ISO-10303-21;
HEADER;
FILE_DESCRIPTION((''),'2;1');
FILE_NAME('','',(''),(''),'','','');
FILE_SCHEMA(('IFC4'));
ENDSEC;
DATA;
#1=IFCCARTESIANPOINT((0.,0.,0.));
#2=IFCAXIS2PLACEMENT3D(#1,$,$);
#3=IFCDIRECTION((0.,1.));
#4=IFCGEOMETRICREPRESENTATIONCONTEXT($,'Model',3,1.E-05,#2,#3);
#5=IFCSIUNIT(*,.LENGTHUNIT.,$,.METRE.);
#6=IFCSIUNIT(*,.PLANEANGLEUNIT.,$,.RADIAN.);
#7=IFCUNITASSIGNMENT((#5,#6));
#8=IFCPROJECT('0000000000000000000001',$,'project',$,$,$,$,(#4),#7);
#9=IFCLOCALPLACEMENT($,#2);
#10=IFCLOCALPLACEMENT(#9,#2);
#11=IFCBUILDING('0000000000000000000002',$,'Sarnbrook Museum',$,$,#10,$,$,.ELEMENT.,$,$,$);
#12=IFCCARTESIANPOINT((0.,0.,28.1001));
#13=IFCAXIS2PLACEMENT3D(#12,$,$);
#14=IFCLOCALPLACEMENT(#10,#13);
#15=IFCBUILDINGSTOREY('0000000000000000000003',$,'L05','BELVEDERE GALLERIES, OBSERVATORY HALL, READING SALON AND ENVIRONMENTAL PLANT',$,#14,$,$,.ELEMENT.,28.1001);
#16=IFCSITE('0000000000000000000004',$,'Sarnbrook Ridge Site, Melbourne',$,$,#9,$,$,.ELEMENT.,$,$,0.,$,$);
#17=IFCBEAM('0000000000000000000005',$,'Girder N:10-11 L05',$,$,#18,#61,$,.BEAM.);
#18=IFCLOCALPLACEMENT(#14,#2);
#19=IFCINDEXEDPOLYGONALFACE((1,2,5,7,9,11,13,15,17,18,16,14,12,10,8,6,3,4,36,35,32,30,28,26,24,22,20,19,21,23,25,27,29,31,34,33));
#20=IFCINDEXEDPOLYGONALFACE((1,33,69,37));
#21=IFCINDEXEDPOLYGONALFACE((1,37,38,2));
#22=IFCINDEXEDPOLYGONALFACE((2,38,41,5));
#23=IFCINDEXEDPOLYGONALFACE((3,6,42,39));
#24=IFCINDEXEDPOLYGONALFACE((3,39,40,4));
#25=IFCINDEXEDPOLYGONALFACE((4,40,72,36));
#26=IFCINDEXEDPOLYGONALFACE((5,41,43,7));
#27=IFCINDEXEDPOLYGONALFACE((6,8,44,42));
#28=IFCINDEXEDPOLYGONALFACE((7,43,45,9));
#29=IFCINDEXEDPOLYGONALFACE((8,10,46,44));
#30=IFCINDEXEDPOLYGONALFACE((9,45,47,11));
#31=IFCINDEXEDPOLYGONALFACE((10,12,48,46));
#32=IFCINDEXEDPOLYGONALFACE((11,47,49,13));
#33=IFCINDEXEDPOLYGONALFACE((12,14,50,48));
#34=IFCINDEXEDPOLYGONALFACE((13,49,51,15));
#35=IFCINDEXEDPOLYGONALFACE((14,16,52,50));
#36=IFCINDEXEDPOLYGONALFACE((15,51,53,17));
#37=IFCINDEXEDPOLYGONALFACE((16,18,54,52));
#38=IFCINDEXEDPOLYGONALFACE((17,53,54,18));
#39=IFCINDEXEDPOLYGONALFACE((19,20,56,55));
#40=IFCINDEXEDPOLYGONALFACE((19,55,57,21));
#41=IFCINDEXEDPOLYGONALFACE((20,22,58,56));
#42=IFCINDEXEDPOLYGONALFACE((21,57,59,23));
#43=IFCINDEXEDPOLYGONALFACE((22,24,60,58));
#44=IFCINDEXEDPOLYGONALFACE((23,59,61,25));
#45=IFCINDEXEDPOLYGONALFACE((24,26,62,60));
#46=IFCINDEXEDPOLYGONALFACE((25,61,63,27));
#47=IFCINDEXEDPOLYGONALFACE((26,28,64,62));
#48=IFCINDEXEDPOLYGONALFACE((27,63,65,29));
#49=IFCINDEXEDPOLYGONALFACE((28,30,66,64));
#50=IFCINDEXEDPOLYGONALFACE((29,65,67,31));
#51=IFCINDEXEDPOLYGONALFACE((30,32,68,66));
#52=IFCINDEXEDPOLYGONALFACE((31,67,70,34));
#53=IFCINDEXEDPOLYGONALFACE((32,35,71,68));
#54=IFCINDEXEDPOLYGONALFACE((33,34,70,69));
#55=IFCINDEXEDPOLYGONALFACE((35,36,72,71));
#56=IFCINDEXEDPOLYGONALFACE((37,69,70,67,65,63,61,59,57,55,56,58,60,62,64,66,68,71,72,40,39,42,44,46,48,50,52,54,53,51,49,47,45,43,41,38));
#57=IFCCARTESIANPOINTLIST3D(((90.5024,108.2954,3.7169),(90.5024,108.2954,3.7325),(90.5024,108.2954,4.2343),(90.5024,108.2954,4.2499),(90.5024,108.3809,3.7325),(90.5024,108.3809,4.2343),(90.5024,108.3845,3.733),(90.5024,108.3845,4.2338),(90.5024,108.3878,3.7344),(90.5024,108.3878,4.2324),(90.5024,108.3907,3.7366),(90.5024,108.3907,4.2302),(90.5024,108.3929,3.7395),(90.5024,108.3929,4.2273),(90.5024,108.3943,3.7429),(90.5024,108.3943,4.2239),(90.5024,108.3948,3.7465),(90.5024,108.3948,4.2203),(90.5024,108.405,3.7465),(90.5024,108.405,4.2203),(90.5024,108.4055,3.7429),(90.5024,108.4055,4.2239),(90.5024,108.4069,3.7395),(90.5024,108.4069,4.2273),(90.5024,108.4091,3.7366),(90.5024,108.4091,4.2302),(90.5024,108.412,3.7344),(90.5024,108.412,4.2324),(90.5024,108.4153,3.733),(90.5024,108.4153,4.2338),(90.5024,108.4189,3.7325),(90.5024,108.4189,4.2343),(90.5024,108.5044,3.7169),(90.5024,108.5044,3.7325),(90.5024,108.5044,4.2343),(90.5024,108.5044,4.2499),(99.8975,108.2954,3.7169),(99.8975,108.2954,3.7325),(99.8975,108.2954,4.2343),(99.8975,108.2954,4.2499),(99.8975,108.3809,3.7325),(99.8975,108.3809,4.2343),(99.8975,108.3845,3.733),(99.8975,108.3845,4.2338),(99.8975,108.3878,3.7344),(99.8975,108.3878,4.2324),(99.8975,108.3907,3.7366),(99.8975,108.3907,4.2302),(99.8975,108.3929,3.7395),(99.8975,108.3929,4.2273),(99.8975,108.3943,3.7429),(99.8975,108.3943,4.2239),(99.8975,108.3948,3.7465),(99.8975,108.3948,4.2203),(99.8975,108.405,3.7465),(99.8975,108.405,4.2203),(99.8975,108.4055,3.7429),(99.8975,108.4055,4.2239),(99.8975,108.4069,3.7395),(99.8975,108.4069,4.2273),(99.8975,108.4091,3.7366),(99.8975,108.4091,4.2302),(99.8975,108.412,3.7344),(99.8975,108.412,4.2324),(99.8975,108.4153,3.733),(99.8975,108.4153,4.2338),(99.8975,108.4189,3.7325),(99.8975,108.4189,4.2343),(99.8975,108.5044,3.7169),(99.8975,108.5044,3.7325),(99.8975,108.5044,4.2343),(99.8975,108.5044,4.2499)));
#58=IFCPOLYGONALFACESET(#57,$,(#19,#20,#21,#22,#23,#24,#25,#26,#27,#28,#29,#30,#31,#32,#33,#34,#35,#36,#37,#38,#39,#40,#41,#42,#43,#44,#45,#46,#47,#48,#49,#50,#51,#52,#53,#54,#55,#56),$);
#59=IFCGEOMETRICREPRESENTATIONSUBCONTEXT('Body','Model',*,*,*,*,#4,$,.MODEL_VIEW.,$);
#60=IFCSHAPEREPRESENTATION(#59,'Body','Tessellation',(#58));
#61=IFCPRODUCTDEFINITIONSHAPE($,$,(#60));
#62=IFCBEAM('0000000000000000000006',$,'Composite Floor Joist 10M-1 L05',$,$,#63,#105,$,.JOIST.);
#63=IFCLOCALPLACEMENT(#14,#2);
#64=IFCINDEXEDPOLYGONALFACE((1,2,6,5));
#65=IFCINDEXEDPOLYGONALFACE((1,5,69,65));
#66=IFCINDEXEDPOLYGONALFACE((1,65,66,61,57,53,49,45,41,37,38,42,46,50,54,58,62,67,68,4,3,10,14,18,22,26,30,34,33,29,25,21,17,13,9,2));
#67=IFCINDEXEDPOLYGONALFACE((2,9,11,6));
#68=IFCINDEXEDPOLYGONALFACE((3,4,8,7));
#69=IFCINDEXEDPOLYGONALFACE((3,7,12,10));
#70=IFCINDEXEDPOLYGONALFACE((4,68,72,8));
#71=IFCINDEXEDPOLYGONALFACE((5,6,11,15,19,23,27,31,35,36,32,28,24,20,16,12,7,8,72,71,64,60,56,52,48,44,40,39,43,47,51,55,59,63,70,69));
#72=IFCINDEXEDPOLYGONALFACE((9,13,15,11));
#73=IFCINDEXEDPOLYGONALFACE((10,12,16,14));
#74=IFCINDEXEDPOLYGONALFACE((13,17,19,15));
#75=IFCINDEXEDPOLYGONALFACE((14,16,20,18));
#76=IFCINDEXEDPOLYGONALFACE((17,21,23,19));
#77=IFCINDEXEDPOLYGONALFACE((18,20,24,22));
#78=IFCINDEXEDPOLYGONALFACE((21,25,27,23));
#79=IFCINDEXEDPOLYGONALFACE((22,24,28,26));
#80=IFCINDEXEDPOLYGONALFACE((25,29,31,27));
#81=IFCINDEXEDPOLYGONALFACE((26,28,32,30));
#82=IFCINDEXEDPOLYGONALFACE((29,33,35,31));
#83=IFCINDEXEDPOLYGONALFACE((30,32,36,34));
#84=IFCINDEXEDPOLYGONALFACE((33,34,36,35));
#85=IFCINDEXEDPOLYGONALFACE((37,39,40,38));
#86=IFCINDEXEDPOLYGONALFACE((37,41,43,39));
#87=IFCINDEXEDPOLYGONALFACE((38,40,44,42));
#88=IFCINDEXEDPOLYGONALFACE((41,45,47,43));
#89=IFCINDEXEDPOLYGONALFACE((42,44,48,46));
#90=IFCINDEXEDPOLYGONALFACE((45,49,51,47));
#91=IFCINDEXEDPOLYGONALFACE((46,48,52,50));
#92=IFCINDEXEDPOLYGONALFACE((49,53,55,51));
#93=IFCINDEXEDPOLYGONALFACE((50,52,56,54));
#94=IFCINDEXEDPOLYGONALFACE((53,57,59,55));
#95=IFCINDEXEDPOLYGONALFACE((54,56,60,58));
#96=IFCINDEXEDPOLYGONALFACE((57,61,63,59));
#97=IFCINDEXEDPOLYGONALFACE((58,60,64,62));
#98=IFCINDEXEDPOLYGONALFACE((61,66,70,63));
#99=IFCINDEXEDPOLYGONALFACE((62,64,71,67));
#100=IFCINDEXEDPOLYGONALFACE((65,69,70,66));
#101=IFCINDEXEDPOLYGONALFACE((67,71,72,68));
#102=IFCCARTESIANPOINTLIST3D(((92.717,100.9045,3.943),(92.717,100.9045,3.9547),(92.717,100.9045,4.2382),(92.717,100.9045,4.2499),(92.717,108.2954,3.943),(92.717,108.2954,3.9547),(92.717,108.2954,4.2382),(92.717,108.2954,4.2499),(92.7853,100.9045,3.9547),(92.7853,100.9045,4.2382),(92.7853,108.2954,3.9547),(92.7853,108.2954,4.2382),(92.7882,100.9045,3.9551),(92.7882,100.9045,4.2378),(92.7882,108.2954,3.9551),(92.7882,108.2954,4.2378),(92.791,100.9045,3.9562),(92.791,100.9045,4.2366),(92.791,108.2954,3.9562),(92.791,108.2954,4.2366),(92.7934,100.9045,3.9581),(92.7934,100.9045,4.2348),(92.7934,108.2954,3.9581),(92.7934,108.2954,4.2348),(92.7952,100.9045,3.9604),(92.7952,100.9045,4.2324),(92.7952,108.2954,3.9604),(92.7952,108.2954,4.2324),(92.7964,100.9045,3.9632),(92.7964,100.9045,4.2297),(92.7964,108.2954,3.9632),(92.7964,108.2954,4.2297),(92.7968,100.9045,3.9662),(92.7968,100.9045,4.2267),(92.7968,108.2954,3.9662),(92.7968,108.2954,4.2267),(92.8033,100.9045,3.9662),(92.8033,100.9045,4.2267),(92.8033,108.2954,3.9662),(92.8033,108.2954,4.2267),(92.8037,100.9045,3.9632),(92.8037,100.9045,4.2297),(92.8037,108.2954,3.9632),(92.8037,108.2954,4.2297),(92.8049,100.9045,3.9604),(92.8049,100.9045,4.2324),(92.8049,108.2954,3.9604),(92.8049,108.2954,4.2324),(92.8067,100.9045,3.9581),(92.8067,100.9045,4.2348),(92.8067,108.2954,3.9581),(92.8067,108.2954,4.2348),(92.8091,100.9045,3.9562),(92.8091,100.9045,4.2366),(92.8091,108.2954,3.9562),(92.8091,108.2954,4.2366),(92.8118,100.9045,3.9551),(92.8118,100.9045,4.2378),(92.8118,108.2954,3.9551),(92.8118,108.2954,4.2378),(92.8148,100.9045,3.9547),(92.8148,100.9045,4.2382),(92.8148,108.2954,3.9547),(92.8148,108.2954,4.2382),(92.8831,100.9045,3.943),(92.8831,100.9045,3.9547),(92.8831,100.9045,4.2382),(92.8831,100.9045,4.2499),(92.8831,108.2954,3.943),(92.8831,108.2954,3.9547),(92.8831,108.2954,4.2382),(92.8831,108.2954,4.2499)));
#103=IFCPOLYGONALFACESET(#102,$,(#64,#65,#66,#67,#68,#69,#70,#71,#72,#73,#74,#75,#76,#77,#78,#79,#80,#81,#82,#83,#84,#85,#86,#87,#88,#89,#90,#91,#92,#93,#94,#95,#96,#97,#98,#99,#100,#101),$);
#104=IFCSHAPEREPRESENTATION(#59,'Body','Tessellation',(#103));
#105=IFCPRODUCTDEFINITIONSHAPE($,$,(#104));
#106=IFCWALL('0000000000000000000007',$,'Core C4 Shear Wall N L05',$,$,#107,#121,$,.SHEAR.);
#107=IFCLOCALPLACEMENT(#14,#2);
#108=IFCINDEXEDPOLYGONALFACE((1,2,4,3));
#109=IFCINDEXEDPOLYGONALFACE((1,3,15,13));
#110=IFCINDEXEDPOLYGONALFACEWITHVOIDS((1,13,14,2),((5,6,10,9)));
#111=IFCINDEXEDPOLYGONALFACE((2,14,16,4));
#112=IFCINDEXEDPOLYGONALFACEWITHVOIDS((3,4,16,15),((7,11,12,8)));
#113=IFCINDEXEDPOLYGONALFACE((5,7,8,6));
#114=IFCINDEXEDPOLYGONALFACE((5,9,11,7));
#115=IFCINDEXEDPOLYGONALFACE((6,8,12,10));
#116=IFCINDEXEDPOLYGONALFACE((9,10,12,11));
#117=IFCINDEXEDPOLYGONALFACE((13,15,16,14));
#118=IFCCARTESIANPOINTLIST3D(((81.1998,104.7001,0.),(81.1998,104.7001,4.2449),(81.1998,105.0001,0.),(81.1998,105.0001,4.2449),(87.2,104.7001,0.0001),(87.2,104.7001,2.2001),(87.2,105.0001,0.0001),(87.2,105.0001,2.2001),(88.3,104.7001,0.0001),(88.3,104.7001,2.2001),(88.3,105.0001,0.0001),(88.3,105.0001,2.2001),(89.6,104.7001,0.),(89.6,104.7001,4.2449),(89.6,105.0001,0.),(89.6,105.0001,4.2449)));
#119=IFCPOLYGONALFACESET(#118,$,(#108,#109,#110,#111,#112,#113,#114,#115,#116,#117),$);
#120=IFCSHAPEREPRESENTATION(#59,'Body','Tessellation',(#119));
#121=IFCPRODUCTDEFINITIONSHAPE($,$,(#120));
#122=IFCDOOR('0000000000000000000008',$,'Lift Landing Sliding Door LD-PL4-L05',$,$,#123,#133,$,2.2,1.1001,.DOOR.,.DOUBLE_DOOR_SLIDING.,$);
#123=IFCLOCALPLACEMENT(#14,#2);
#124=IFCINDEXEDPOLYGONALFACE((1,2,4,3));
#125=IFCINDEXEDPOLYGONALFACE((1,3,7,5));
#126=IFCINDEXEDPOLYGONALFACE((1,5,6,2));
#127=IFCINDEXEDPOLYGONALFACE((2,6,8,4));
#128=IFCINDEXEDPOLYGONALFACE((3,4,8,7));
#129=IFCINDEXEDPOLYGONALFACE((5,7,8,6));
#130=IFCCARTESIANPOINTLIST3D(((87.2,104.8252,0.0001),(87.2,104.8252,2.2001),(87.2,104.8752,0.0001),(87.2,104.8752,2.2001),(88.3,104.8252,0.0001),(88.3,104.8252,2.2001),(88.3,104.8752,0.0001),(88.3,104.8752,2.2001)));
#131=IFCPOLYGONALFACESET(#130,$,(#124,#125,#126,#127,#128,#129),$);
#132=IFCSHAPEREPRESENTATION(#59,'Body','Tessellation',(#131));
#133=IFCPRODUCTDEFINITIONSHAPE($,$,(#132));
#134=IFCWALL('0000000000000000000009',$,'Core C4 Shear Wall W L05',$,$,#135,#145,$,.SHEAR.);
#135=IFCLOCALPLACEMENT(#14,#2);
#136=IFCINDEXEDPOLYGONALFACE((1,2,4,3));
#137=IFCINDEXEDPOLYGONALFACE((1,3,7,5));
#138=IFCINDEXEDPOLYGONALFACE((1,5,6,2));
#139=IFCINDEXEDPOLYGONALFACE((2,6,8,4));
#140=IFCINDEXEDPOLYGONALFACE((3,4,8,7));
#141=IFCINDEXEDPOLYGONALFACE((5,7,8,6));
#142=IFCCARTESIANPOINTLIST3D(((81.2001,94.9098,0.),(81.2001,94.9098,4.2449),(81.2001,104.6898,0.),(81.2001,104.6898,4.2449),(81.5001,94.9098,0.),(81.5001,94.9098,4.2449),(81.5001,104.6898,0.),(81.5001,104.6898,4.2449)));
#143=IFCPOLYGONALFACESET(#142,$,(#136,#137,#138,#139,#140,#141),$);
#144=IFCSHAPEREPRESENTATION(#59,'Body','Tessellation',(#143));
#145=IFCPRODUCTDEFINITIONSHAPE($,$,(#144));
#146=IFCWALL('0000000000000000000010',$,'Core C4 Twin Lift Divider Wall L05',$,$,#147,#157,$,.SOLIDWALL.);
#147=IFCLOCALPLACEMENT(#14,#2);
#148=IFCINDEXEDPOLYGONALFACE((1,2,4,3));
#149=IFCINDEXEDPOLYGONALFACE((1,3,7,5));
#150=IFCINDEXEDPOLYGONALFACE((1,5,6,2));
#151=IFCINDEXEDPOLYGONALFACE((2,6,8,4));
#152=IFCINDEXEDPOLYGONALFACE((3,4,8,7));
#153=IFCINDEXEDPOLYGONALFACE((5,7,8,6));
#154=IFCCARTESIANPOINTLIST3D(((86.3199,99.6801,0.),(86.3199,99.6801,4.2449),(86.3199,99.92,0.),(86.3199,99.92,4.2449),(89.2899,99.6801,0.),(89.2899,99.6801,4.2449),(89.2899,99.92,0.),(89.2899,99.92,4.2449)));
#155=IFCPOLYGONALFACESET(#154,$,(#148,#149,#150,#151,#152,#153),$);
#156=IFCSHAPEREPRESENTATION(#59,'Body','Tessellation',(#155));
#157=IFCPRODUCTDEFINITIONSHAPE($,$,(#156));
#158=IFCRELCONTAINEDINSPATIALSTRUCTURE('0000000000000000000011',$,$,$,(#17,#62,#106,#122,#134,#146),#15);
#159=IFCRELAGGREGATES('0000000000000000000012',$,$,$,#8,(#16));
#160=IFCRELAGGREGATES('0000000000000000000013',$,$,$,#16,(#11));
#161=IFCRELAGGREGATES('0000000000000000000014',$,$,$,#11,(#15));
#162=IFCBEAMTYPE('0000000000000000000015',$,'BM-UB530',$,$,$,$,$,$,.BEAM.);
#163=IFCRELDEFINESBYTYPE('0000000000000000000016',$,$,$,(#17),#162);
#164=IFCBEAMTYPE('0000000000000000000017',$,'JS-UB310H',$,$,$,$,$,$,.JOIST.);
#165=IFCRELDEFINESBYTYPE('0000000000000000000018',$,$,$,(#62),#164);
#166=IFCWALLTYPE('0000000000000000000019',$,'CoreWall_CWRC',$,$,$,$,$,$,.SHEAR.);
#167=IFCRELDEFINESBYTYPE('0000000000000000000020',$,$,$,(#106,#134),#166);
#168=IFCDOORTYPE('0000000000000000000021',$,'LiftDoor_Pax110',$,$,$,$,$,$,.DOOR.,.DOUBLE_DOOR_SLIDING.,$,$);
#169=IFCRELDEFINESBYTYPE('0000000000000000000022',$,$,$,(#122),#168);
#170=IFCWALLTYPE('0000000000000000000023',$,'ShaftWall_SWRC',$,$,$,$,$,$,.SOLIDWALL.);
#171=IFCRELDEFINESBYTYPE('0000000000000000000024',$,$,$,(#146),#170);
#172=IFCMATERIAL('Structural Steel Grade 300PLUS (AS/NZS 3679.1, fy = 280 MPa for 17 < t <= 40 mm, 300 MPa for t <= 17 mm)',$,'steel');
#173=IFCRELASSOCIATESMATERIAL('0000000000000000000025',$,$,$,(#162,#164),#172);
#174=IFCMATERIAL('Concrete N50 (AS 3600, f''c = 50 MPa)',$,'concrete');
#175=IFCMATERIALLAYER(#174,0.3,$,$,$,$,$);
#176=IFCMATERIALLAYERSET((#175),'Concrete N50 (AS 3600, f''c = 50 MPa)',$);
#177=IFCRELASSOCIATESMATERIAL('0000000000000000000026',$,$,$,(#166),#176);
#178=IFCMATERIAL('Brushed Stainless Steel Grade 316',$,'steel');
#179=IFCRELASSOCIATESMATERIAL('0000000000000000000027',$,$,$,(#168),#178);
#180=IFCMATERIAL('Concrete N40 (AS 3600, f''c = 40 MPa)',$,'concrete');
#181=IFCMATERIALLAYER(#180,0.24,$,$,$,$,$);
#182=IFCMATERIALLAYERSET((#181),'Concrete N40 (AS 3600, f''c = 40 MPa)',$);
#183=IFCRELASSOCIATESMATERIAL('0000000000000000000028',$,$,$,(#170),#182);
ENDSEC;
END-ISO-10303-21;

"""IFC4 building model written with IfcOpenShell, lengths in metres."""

from ifc_helpers import new_model, si_unit, direction, frame, frame_2d, origin, origin_2d, place, context, subcontext, project, spatial, rectangle, i_section, extrude, material, layer, layer_set, material_profile, profile_set, type_object, element, fill, save


model = new_model("IFC4")

# Units and contexts
model_context = context("Model", 3, precision=1e-05, world=origin(), true_north=direction((0.0, 1.0)))
body_context = subcontext(model_context, "Body", "Model", "MODEL_VIEW")
ifc_project = project(units=[si_unit("LENGTHUNIT", "METRE"), si_unit("PLANEANGLEUNIT", "RADIAN")], contexts=[model_context])

# Site, building, storey
site_placement = place(None, origin())
site = spatial("IfcSite", under=ifc_project, at=site_placement, Name="Sarnbrook Ridge Site, Melbourne", CompositionType="ELEMENT", RefElevation=0.0)
building_placement = place(site_placement, origin())
building = spatial("IfcBuilding", under=site, at=building_placement, Name="Sarnbrook Museum", CompositionType="ELEMENT")
storey_placement = place(building_placement, frame((0.0, 0.0, 28.1001)))
storey = spatial("IfcBuildingStorey", under=building, at=storey_placement, Name="L05", Description="BELVEDERE GALLERIES, OBSERVATORY HALL, READING SALON AND ENVIRONMENTAL PLANT", CompositionType="ELEMENT", Elevation=28.1001)

# Shared definitions
ifc_material_1 = material(Name="Structural Steel Grade 300PLUS (AS/NZS 3679.1, fy = 280 MPa for 17 < t <= 40 mm, 300 MPa for t <= 17 mm)", Category="steel")

# Beams
ifc_material_profile_1 = material_profile(ifc_material_1, i_section(OverallWidth=0.209, OverallDepth=0.533, WebThickness=0.0103, FlangeThickness=0.0156, FilletRadius=0.0139, at=origin_2d()), Name="530UB92.4")
ifc_profile_set_1 = profile_set([ifc_material_profile_1], Name="Structural Steel Grade 300PLUS (AS/NZS 3679.1, fy = 280 MPa for 17 < t <= 40 mm, 300 MPa for t <= 17 mm)")
beam_type_1 = type_object("IfcBeamType", Name="BM-UB530", PredefinedType="BEAM", material=ifc_profile_set_1)
for number, where, z_axis, x_axis, name in (
    (1, (90.5024, 108.3999, 3.9834), (1.0, 0.0, 0.0), (0.0, 1.0, 0.0), "Girder N:10-11 L05"),
):
    element("IfcBeam", number, at=place(storey_placement, frame(where, z_axis=z_axis, x_axis=x_axis)), inside=storey, type_object=beam_type_1, Name=name, PredefinedType="BEAM", context=body_context, shape_type="SweptSolid", body=[
        extrude(i_section(OverallWidth=0.209, OverallDepth=0.533, WebThickness=0.0103, FlangeThickness=0.0156, FilletRadius=0.0139, at=origin_2d()), origin(), (0.0, 0.0, 1.0), 9.395),
    ])
ifc_material_profile_2 = material_profile(ifc_material_1, i_section(OverallWidth=0.166, OverallDepth=0.3069, WebThickness=0.0066, FlangeThickness=0.0117, FilletRadius=0.0115, at=origin_2d()), Name="310UB46.2")
ifc_profile_set_2 = profile_set([ifc_material_profile_2], Name="Structural Steel Grade 300PLUS (AS/NZS 3679.1, fy = 280 MPa for 17 < t <= 40 mm, 300 MPa for t <= 17 mm)")
beam_type_2 = type_object("IfcBeamType", Name="JS-UB310H", PredefinedType="JOIST", material=ifc_profile_set_2)
beam_placement = place(storey_placement, frame((92.8, 100.9045, 4.0964), z_axis=(0.0, 1.0, 0.0), x_axis=(-1.0, 0.0, 0.0)))
element("IfcBeam", 2, at=beam_placement, inside=storey, type_object=beam_type_2, Name="Composite Floor Joist 10M-1 L05", PredefinedType="JOIST", context=body_context, shape_type="SweptSolid", body=[
    extrude(i_section(OverallWidth=0.166, OverallDepth=0.3069, WebThickness=0.0066, FlangeThickness=0.0117, FilletRadius=0.0115, at=origin_2d()), origin(), (0.0, 0.0, 1.0), 7.3909),
])

# Wall, opening, door
ifc_material_2 = material(Name="Concrete N50 (AS 3600, f'c = 50 MPa)", Category="concrete")
ifc_layer_1 = layer(ifc_material_2, 0.3)
ifc_layer_set_1 = layer_set([ifc_layer_1], Name="Concrete N50 (AS 3600, f'c = 50 MPa)")
wall_type_1 = type_object("IfcWallType", Name="CoreWall_CWRC", PredefinedType="SHEAR", material=ifc_layer_set_1)
wall_1_placement = place(storey_placement, frame((89.6001, 104.8501, 0.0), z_axis=(0.0, 0.0, 1.0), x_axis=(-1.0, 0.0, 0.0)))
wall_1 = element("IfcWall", 3, at=wall_1_placement, inside=storey, type_object=wall_type_1, Name="Core C4 Shear Wall N L05", PredefinedType="SHEAR", context=body_context, shape_type="SweptSolid", body=[
    extrude(rectangle(XDim=8.4001, YDim=0.3, at=frame_2d((4.2002, 0.0))), origin(), (0.0, 0.0, 1.0), 4.2449),
])
opening_1_placement = place(wall_1_placement, frame((1.3, 0.0, 0.0)))
opening_1 = element("IfcOpeningElement", 4, at=opening_1_placement, cuts=wall_1, PredefinedType="OPENING", context=body_context, shape_type="SweptSolid", body=[
    extrude(rectangle(XDim=1.1001, YDim=2.2, at=frame_2d((0.55, 1.1001))), frame((0.0, 0.1602, 0.0), z_axis=(0.0, -1.0, 0.0), x_axis=(1.0, 0.0, 0.0)), (0.0, 0.0, 1.0), 0.3201),
])
ifc_material_3 = material(Name="Brushed Stainless Steel Grade 316", Category="steel")
door_type = type_object("IfcDoorType", Name="LiftDoor_Pax110", OperationType="DOUBLE_DOOR_SLIDING", PredefinedType="DOOR", material=ifc_material_3)
door_placement = place(opening_1_placement, origin())
door = element("IfcDoor", 5, at=door_placement, inside=storey, type_object=door_type, Name="Lift Landing Sliding Door LD-PL4-L05", OperationType="DOUBLE_DOOR_SLIDING", OverallHeight=2.2, OverallWidth=1.1001, PredefinedType="DOOR", context=body_context, shape_type="SweptSolid", body=[
    extrude(rectangle(XDim=1.1001, YDim=2.2, at=frame_2d((0.55, 1.1001))), frame((0.0, 0.0249, 0.0), z_axis=(0.0, -1.0, 0.0), x_axis=(1.0, 0.0, 0.0)), (0.0, 0.0, 1.0), 0.05),
])
fill(opening_1, door)

# Walls
wall_2_placement = place(storey_placement, frame((81.3501, 104.6899, 0.0), z_axis=(0.0, 0.0, 1.0), x_axis=(0.0, -1.0, 0.0)))
element("IfcWall", 6, at=wall_2_placement, inside=storey, type_object=wall_type_1, Name="Core C4 Shear Wall W L05", PredefinedType="SHEAR", context=body_context, shape_type="SweptSolid", body=[
    extrude(rectangle(XDim=9.78, YDim=0.3, at=frame_2d((4.8901, 0.0))), origin(), (0.0, 0.0, 1.0), 4.2449),
])
ifc_material_4 = material(Name="Concrete N40 (AS 3600, f'c = 40 MPa)", Category="concrete")
ifc_layer_2 = layer(ifc_material_4, 0.24)
ifc_layer_set_2 = layer_set([ifc_layer_2], Name="Concrete N40 (AS 3600, f'c = 40 MPa)")
wall_type_2 = type_object("IfcWallType", Name="ShaftWall_SWRC", PredefinedType="SOLIDWALL", material=ifc_layer_set_2)
wall_3_placement = place(storey_placement, frame((86.3201, 99.8, 0.0), z_axis=(0.0, 0.0, 1.0), x_axis=(1.0, 0.0, 0.0)))
element("IfcWall", 7, at=wall_3_placement, inside=storey, type_object=wall_type_2, Name="Core C4 Twin Lift Divider Wall L05", PredefinedType="SOLIDWALL", context=body_context, shape_type="SweptSolid", body=[
    extrude(rectangle(XDim=2.97, YDim=0.24, at=frame_2d((1.4849, 0.0))), origin(), (0.0, 0.0, 1.0), 4.2449),
])

save(model, "model.ifc")
